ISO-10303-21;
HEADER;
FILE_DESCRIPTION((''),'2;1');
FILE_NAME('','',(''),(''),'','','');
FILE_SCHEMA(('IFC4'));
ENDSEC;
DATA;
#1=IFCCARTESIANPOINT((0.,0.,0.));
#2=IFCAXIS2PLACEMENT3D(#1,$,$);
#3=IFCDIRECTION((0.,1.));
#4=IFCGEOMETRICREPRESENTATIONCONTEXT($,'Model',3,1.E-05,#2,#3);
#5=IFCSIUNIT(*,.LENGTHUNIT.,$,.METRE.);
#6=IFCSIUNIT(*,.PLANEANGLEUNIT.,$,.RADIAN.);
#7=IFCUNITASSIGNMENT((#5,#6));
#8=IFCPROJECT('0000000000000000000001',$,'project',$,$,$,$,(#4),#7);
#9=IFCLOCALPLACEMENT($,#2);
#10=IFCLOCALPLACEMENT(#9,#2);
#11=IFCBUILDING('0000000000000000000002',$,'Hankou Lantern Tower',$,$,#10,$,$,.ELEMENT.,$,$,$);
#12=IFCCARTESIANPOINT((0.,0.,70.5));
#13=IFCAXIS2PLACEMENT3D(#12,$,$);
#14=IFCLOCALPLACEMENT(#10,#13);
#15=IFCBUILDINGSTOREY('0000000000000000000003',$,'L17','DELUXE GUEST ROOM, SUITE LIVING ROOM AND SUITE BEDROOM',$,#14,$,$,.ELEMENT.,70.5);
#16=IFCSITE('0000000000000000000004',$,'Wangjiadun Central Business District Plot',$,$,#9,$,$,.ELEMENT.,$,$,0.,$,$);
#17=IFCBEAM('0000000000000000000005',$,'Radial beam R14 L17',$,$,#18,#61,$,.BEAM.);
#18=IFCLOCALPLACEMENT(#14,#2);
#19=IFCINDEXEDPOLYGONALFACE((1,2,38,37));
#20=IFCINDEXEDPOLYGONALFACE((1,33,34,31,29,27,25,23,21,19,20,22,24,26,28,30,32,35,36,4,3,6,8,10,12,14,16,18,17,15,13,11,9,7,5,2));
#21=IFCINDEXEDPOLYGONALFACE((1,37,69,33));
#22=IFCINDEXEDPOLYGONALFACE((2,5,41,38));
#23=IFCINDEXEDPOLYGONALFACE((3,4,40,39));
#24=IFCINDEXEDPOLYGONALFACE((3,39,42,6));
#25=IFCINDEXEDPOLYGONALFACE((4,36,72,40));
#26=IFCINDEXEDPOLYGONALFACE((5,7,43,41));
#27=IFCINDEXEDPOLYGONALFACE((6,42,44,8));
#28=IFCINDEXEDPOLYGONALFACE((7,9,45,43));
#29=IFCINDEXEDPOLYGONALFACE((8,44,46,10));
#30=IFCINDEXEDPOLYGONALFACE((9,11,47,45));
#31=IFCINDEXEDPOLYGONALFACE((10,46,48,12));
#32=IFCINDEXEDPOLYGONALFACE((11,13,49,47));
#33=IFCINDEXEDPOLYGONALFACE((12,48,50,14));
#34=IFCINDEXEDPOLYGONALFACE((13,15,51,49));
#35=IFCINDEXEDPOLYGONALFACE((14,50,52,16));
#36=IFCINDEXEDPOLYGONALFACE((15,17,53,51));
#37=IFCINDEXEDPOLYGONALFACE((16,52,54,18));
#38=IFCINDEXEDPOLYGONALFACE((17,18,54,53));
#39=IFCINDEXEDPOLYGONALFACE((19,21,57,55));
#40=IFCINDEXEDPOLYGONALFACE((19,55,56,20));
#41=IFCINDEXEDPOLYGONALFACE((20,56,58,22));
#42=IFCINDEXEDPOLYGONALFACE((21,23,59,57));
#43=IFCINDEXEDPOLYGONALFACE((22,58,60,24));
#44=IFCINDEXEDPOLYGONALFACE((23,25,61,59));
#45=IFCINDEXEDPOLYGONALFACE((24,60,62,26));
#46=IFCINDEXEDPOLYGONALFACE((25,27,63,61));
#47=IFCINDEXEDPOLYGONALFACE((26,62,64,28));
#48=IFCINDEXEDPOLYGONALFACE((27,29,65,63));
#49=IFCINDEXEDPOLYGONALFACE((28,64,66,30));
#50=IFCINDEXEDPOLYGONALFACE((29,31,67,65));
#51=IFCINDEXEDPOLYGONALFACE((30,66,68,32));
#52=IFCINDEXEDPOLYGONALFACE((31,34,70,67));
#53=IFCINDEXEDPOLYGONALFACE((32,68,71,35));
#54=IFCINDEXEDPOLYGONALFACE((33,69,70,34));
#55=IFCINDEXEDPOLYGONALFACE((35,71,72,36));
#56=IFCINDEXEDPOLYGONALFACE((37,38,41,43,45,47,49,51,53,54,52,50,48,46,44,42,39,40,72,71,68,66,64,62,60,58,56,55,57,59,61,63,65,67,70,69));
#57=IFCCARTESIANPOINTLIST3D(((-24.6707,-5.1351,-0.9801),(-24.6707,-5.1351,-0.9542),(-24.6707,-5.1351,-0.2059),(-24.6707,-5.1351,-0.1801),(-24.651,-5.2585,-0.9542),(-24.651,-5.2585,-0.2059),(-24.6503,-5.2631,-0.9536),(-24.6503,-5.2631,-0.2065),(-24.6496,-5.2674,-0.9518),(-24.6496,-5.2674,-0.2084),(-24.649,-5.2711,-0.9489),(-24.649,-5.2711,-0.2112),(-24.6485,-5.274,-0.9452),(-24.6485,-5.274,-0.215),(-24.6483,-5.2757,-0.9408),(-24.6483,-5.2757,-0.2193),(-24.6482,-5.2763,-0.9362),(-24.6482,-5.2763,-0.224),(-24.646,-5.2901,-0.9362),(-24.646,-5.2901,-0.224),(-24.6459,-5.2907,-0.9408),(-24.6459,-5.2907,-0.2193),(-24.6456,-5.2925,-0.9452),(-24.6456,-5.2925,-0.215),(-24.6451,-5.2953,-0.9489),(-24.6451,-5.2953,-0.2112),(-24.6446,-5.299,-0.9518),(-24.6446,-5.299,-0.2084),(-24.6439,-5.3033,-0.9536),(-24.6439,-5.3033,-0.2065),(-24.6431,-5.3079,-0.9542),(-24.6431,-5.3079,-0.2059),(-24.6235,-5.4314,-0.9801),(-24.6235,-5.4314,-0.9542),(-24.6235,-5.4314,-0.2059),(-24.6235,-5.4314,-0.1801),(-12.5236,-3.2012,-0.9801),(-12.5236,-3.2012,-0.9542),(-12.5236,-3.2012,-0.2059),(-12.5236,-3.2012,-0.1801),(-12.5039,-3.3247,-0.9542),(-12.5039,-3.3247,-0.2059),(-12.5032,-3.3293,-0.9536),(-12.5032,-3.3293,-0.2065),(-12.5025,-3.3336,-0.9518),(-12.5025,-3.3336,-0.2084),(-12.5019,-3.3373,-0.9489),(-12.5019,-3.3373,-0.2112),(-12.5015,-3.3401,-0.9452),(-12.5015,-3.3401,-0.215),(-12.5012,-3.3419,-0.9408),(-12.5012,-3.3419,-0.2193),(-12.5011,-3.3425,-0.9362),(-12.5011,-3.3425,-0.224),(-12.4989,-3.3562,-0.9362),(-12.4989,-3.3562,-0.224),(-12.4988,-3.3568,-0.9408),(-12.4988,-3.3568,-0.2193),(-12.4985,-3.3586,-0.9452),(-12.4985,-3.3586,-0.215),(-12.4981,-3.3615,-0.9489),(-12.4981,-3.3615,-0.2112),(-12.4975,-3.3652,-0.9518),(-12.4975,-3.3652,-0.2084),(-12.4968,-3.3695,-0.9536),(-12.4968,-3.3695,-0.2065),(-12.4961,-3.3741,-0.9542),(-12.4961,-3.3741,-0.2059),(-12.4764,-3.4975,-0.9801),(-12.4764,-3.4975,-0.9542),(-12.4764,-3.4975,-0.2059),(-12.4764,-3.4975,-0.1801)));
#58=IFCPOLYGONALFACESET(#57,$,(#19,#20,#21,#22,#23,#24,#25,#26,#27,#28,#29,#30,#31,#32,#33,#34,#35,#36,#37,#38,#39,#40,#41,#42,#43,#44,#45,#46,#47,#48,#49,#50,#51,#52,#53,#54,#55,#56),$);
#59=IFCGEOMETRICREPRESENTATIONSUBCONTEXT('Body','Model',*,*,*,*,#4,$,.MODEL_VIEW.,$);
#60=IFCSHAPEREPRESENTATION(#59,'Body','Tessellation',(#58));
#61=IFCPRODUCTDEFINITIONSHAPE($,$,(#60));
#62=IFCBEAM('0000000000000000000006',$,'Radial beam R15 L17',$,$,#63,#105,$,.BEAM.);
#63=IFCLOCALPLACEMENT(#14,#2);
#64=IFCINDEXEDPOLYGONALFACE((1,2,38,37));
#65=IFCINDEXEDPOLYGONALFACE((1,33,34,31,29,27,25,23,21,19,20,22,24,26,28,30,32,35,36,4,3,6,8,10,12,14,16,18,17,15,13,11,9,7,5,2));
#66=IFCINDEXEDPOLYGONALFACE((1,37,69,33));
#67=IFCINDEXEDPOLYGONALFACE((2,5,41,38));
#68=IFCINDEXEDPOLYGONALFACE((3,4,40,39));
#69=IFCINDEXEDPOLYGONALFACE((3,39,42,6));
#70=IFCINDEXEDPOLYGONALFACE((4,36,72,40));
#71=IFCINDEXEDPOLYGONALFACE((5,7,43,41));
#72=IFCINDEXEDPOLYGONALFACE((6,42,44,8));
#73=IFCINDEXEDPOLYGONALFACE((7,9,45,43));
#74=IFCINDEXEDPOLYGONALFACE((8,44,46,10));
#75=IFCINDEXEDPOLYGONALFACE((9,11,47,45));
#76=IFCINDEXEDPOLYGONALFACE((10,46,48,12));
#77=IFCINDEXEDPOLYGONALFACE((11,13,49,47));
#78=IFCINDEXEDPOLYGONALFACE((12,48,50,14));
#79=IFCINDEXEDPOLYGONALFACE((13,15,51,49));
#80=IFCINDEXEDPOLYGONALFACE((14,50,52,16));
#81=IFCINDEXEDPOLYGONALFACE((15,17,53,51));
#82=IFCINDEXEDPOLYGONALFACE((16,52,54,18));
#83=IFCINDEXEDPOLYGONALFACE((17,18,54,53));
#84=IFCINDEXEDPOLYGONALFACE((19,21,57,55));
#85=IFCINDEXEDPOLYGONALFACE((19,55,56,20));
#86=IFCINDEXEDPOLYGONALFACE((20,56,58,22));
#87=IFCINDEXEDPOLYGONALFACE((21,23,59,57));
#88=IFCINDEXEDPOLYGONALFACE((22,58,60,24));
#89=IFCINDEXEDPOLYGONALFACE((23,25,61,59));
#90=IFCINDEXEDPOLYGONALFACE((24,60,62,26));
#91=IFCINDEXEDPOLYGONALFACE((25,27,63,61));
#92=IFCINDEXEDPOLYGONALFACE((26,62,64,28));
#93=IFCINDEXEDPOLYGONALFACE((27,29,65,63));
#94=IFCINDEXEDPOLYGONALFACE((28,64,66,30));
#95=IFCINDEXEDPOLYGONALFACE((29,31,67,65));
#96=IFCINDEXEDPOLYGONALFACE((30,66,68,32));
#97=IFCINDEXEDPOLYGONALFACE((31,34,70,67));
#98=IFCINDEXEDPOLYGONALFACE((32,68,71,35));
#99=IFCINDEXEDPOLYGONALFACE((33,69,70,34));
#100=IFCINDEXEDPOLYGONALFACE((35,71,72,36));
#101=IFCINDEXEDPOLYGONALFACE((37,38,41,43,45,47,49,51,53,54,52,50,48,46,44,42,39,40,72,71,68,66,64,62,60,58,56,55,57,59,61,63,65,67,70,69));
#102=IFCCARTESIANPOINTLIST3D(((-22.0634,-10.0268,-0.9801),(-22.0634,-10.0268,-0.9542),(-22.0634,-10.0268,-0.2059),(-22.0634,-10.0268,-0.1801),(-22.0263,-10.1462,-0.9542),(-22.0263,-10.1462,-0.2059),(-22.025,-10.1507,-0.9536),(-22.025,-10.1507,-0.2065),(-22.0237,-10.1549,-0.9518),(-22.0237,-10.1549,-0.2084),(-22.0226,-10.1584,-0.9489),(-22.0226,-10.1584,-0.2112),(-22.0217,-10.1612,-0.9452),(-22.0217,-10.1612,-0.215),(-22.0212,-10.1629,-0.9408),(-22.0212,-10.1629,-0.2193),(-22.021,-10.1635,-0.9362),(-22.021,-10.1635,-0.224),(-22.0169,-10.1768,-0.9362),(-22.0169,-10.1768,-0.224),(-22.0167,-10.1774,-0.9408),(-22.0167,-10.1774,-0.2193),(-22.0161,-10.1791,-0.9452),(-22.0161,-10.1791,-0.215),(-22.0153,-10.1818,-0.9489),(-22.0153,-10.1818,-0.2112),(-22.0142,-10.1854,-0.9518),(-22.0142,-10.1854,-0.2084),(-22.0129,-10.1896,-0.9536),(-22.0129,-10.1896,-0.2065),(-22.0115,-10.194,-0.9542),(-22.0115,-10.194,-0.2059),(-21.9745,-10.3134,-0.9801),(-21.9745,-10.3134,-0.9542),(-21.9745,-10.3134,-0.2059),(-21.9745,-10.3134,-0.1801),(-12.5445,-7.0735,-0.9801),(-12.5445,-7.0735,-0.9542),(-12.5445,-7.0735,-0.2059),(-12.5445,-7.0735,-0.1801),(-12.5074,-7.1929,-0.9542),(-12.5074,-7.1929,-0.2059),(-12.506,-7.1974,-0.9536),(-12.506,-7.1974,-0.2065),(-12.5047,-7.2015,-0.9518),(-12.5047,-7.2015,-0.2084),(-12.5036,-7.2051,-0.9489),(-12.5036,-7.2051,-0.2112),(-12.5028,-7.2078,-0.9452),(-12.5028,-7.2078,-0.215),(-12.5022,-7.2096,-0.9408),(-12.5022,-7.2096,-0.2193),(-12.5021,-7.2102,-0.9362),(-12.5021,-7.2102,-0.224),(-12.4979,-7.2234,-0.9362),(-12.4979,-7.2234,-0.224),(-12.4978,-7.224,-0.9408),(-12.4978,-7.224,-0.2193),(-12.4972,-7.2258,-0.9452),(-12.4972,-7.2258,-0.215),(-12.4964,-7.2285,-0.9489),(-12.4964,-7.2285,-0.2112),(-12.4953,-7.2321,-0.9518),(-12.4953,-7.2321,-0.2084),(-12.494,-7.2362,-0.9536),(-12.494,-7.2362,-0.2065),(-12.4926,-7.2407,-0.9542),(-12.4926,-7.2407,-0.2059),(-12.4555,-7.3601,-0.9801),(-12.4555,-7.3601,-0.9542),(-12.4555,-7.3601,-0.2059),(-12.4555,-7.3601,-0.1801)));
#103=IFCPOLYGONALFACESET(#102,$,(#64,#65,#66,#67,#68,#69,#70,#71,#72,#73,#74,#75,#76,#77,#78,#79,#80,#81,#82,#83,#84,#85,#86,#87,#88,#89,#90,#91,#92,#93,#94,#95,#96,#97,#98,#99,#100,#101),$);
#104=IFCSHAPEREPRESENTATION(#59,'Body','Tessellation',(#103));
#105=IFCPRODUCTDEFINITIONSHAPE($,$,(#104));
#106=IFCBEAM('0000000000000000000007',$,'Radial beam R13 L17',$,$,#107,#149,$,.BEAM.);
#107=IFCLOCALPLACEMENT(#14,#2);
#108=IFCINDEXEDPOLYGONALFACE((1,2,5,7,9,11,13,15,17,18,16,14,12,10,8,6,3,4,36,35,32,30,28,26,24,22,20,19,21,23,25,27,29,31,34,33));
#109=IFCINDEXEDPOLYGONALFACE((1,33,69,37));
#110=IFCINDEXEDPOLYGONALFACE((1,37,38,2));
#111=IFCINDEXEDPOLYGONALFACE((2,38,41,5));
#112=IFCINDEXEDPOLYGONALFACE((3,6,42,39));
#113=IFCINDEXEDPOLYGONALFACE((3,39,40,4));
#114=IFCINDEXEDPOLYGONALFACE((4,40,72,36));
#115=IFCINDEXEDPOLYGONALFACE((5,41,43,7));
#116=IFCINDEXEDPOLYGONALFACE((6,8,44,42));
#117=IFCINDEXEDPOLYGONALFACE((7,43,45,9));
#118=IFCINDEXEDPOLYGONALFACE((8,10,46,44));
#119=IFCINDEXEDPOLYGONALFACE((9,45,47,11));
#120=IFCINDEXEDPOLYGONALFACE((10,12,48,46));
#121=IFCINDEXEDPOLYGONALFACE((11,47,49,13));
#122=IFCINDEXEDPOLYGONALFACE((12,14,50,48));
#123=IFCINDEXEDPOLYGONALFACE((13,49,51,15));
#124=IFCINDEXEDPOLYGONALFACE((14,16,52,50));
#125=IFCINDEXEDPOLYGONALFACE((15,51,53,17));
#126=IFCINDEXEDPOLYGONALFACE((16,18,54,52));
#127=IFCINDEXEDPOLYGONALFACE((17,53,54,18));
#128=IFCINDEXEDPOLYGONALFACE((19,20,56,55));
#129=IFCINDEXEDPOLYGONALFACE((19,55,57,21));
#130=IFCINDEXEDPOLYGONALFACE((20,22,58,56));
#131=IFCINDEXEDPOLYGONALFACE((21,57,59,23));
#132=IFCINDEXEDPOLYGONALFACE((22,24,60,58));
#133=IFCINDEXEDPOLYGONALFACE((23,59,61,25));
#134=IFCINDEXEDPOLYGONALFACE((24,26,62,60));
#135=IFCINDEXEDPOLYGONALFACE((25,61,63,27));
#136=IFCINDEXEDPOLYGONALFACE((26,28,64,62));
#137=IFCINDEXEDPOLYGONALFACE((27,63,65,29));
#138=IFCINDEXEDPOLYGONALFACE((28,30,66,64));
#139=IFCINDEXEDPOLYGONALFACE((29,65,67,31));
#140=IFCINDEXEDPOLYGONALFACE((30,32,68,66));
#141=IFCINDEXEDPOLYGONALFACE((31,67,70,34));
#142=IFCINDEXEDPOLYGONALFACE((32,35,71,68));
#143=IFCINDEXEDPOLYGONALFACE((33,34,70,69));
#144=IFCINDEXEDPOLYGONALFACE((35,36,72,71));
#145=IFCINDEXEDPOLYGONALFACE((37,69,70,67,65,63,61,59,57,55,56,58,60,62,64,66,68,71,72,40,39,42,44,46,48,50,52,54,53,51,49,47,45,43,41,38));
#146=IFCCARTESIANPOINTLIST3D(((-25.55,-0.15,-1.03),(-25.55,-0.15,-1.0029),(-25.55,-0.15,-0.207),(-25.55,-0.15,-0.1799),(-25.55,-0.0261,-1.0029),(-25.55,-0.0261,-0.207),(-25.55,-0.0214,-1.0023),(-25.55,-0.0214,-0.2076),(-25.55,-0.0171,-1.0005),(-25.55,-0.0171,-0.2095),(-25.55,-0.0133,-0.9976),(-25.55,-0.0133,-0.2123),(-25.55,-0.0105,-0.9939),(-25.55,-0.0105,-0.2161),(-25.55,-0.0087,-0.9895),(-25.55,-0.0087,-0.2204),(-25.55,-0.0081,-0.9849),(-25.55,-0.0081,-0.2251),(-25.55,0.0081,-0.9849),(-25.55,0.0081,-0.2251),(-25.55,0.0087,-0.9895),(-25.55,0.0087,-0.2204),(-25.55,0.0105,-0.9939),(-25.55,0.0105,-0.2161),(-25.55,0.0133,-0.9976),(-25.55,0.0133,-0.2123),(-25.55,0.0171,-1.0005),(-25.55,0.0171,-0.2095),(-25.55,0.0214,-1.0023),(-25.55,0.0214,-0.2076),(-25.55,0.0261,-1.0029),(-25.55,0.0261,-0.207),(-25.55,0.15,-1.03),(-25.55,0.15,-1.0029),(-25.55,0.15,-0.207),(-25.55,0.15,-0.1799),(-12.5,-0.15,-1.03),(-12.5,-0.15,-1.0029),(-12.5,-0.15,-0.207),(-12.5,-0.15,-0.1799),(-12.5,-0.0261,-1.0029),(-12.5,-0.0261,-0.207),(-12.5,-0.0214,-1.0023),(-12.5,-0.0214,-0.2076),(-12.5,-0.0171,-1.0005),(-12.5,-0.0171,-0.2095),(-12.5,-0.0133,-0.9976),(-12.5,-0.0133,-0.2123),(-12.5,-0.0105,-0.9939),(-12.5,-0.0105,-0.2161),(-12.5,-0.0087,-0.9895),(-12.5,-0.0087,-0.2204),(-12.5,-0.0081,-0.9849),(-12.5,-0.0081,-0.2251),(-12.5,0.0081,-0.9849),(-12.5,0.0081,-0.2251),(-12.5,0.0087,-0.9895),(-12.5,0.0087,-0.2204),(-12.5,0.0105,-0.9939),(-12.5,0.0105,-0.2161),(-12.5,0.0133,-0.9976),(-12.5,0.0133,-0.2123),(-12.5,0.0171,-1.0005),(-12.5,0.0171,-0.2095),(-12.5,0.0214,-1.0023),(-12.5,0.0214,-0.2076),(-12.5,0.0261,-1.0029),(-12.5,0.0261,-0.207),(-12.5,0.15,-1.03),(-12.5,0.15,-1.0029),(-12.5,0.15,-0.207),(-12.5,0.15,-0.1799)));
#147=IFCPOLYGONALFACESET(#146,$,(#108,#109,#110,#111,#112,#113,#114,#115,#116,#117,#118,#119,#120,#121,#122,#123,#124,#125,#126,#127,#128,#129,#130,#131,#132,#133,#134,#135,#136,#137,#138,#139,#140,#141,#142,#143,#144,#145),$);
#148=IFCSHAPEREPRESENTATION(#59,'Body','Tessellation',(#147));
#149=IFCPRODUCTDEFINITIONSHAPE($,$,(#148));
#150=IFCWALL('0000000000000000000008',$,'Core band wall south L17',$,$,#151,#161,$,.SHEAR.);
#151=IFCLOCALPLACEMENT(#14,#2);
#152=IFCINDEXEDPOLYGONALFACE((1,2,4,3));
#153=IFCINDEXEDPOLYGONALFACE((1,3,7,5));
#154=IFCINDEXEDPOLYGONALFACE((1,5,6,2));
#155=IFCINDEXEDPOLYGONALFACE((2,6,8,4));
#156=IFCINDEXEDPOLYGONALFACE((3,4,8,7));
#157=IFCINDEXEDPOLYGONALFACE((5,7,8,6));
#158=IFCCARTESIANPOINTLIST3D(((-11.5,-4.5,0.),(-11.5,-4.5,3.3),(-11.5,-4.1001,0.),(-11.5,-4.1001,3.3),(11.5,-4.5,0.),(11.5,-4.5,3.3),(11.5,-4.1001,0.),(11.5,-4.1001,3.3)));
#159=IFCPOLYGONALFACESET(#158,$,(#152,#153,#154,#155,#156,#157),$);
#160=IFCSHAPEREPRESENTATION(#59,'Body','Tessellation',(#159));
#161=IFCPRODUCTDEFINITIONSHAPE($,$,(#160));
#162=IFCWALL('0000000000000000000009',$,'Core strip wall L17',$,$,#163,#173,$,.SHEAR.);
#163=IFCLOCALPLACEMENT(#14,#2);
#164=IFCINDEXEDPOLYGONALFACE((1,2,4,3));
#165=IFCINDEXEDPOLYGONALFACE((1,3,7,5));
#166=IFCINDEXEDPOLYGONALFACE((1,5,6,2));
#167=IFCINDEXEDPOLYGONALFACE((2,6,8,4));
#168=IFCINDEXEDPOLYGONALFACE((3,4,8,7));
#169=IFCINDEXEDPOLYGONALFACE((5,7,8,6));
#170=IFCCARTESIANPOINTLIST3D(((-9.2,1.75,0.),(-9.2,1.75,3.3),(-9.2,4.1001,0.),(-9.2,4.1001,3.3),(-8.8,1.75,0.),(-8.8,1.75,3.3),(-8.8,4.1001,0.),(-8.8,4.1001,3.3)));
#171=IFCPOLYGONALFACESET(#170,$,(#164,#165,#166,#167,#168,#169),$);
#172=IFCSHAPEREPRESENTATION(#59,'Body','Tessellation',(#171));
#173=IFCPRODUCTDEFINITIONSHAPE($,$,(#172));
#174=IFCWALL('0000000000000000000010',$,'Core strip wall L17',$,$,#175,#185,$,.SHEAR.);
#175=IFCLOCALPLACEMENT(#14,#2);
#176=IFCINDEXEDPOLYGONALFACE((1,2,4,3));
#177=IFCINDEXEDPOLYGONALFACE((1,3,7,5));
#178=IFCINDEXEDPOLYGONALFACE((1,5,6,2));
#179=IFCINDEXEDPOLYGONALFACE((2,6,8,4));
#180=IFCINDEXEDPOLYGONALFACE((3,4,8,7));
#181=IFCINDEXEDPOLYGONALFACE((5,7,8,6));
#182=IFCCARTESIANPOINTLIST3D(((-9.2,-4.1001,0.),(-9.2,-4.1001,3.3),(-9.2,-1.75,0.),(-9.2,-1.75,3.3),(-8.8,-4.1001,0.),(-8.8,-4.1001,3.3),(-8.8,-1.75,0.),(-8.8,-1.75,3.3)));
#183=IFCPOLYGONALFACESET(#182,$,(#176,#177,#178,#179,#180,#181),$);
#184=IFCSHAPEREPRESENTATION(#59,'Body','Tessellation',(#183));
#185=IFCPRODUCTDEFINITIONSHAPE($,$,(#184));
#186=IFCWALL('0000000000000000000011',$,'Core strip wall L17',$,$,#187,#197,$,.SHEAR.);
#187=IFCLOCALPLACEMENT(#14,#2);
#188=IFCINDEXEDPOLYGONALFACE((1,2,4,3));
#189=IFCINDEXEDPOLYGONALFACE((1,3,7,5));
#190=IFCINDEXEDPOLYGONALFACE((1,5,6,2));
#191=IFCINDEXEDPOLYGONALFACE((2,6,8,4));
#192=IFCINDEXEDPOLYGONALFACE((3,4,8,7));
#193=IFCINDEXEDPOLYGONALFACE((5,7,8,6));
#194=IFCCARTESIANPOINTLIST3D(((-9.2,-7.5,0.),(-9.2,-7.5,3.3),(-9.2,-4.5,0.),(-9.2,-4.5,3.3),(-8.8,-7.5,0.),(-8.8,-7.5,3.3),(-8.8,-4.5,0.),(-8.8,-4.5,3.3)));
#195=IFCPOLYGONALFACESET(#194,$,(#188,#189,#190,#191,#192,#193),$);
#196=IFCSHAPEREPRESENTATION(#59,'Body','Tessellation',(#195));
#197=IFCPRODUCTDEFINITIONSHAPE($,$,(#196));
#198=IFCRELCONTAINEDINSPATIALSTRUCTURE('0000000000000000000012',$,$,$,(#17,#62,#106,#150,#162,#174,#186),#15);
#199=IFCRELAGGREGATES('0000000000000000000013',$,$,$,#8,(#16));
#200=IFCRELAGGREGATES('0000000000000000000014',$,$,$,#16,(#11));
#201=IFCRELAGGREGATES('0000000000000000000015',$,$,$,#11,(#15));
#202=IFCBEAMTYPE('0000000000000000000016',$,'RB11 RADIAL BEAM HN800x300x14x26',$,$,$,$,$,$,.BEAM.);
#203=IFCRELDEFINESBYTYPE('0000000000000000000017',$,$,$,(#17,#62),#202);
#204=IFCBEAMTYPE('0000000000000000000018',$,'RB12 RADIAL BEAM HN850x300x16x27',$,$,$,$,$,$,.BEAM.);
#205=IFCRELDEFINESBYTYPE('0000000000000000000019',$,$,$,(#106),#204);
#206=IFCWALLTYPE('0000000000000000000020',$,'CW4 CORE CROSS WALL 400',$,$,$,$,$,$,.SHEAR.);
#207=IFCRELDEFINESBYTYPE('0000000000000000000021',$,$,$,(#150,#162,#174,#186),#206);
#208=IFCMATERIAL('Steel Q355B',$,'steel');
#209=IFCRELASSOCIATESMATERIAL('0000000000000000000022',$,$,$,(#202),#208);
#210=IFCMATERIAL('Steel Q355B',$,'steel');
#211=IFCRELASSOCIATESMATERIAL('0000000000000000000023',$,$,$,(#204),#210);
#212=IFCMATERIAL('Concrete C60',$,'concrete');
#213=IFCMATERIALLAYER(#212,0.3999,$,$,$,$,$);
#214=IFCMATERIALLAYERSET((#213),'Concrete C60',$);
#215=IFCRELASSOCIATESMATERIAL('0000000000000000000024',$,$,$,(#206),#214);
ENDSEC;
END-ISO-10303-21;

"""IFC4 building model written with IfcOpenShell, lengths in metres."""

from ifc_helpers import new_model, si_unit, direction, frame, frame_2d, origin, origin_2d, place, context, subcontext, project, spatial, rectangle, i_section, extrude, material, layer, layer_set, material_profile, profile_set, type_object, element, save


model = new_model("IFC4")

# Units and contexts
model_context = context("Model", 3, precision=1e-05, world=origin(), true_north=direction((0.0, 1.0)))
body_context = subcontext(model_context, "Body", "Model", "MODEL_VIEW")
ifc_project = project(units=[si_unit("LENGTHUNIT", "METRE"), si_unit("PLANEANGLEUNIT", "RADIAN")], contexts=[model_context])

# Site, building, storey
site_placement = place(None, origin())
site = spatial("IfcSite", under=ifc_project, at=site_placement, Name="Wangjiadun Central Business District Plot", CompositionType="ELEMENT", RefElevation=0.0)
building_placement = place(site_placement, origin())
building = spatial("IfcBuilding", under=site, at=building_placement, Name="Hankou Lantern Tower", CompositionType="ELEMENT")
storey_placement = place(building_placement, frame((0.0, 0.0, 70.5)))
storey = spatial("IfcBuildingStorey", under=building, at=storey_placement, Name="L17", Description="DELUXE GUEST ROOM, SUITE LIVING ROOM AND SUITE BEDROOM", CompositionType="ELEMENT", Elevation=70.5)

# Beams
ifc_material_1 = material(Name="Steel Q355B", Category="steel")
ifc_material_profile_1 = material_profile(ifc_material_1, i_section(OverallWidth=0.3, OverallDepth=0.8, WebThickness=0.0139, FlangeThickness=0.0259, FilletRadius=0.0181, at=origin_2d()), Name="HN800x300x14x26")
ifc_profile_set_1 = profile_set([ifc_material_profile_1], Name="Steel Q355B")
beam_type_1 = type_object("IfcBeamType", Name="RB11 RADIAL BEAM HN800x300x14x26", PredefinedType="BEAM", material=ifc_profile_set_1)
beam_1_placement = place(storey_placement, frame((-12.5, -3.3494, -0.5801), z_axis=(-0.987563, -0.157223, 0.0), x_axis=(0.157223, -0.987563, 0.0)))
element("IfcBeam", 1, at=beam_1_placement, inside=storey, type_object=beam_type_1, Name="Radial beam R14 L17", PredefinedType="BEAM", context=body_context, shape_type="SweptSolid", body=[
    extrude(i_section(OverallWidth=0.3, OverallDepth=0.8, WebThickness=0.0139, FlangeThickness=0.0259, FilletRadius=0.0181, at=origin_2d()), origin(), (0.0, 0.0, 1.0), 12.3),
])
beam_2_placement = place(storey_placement, frame((-12.5, -7.2168, -0.5801), z_axis=(-0.955087, -0.296324, 0.0), x_axis=(0.296324, -0.955087, 0.0)))
element("IfcBeam", 2, at=beam_2_placement, inside=storey, type_object=beam_type_1, Name="Radial beam R15 L17", PredefinedType="BEAM", context=body_context, shape_type="SweptSolid", body=[
    extrude(i_section(OverallWidth=0.3, OverallDepth=0.8, WebThickness=0.0139, FlangeThickness=0.0259, FilletRadius=0.0181, at=origin_2d()), origin(), (0.0, 0.0, 1.0), 9.9666),
])
ifc_material_2 = material(Name="Steel Q355B", Category="steel")
ifc_material_profile_2 = material_profile(ifc_material_2, i_section(OverallWidth=0.3, OverallDepth=0.8501, WebThickness=0.0161, FlangeThickness=0.0271, FilletRadius=0.0181, at=origin_2d()), Name="HN850x300x16x27")
ifc_profile_set_2 = profile_set([ifc_material_profile_2], Name="Steel Q355B")
beam_type_2 = type_object("IfcBeamType", Name="RB12 RADIAL BEAM HN850x300x16x27", PredefinedType="BEAM", material=ifc_profile_set_2)
beam_3_placement = place(storey_placement, frame((-12.5, 0.0, -0.605), z_axis=(-1.0, 0.0, 0.0), x_axis=(0.0, -1.0, 0.0)))
element("IfcBeam", 3, at=beam_3_placement, inside=storey, type_object=beam_type_2, Name="Radial beam R13 L17", PredefinedType="BEAM", context=body_context, shape_type="SweptSolid", body=[
    extrude(i_section(OverallWidth=0.3, OverallDepth=0.8501, WebThickness=0.0161, FlangeThickness=0.0271, FilletRadius=0.0181, at=origin_2d()), origin(), (0.0, 0.0, 1.0), 13.05),
])

# Walls
ifc_material_3 = material(Name="Concrete C60", Category="concrete")
ifc_layer_1 = layer(ifc_material_3, 0.3999)
ifc_layer_set_1 = layer_set([ifc_layer_1], Name="Concrete C60")
wall_type_1 = type_object("IfcWallType", Name="CW4 CORE CROSS WALL 400", PredefinedType="SHEAR", material=ifc_layer_set_1)
wall_1_placement = place(storey_placement, frame((-11.5, -4.3, 0.0), z_axis=(0.0, 0.0, 1.0), x_axis=(1.0, 0.0, 0.0)))
element("IfcWall", 4, at=wall_1_placement, inside=storey, type_object=wall_type_1, Name="Core band wall south L17", PredefinedType="SHEAR", context=body_context, shape_type="SweptSolid", body=[
    extrude(rectangle(XDim=23.0, YDim=0.3999, at=frame_2d((11.5, 0.0))), origin(), (0.0, 0.0, 1.0), 3.3),
])
for number, where, z_axis, x_axis, name in (
    (5, (-9.0, 1.75, 0.0), (0.0, 0.0, 1.0), (0.0, 1.0, 0.0), "Core strip wall L17"),
    (6, (-9.0, -4.1001, 0.0), (0.0, 0.0, 1.0), (0.0, 1.0, 0.0), "Core strip wall L17"),
):
    element("IfcWall", number, at=place(storey_placement, frame(where, z_axis=z_axis, x_axis=x_axis)), inside=storey, type_object=wall_type_1, Name=name, PredefinedType="SHEAR", context=body_context, shape_type="SweptSolid", body=[
        extrude(rectangle(XDim=2.3501, YDim=0.3999, at=frame_2d((1.175, 0.0))), origin(), (0.0, 0.0, 1.0), 3.3),
    ])
wall_2_placement = place(storey_placement, frame((-9.0, -7.5, 0.0), z_axis=(0.0, 0.0, 1.0), x_axis=(0.0, 1.0, 0.0)))
element("IfcWall", 7, at=wall_2_placement, inside=storey, type_object=wall_type_1, Name="Core strip wall L17", PredefinedType="SHEAR", context=body_context, shape_type="SweptSolid", body=[
    extrude(rectangle(XDim=3.0, YDim=0.3999, at=frame_2d((1.5, 0.0))), origin(), (0.0, 0.0, 1.0), 3.3),
])

save(model, "model.ifc")
